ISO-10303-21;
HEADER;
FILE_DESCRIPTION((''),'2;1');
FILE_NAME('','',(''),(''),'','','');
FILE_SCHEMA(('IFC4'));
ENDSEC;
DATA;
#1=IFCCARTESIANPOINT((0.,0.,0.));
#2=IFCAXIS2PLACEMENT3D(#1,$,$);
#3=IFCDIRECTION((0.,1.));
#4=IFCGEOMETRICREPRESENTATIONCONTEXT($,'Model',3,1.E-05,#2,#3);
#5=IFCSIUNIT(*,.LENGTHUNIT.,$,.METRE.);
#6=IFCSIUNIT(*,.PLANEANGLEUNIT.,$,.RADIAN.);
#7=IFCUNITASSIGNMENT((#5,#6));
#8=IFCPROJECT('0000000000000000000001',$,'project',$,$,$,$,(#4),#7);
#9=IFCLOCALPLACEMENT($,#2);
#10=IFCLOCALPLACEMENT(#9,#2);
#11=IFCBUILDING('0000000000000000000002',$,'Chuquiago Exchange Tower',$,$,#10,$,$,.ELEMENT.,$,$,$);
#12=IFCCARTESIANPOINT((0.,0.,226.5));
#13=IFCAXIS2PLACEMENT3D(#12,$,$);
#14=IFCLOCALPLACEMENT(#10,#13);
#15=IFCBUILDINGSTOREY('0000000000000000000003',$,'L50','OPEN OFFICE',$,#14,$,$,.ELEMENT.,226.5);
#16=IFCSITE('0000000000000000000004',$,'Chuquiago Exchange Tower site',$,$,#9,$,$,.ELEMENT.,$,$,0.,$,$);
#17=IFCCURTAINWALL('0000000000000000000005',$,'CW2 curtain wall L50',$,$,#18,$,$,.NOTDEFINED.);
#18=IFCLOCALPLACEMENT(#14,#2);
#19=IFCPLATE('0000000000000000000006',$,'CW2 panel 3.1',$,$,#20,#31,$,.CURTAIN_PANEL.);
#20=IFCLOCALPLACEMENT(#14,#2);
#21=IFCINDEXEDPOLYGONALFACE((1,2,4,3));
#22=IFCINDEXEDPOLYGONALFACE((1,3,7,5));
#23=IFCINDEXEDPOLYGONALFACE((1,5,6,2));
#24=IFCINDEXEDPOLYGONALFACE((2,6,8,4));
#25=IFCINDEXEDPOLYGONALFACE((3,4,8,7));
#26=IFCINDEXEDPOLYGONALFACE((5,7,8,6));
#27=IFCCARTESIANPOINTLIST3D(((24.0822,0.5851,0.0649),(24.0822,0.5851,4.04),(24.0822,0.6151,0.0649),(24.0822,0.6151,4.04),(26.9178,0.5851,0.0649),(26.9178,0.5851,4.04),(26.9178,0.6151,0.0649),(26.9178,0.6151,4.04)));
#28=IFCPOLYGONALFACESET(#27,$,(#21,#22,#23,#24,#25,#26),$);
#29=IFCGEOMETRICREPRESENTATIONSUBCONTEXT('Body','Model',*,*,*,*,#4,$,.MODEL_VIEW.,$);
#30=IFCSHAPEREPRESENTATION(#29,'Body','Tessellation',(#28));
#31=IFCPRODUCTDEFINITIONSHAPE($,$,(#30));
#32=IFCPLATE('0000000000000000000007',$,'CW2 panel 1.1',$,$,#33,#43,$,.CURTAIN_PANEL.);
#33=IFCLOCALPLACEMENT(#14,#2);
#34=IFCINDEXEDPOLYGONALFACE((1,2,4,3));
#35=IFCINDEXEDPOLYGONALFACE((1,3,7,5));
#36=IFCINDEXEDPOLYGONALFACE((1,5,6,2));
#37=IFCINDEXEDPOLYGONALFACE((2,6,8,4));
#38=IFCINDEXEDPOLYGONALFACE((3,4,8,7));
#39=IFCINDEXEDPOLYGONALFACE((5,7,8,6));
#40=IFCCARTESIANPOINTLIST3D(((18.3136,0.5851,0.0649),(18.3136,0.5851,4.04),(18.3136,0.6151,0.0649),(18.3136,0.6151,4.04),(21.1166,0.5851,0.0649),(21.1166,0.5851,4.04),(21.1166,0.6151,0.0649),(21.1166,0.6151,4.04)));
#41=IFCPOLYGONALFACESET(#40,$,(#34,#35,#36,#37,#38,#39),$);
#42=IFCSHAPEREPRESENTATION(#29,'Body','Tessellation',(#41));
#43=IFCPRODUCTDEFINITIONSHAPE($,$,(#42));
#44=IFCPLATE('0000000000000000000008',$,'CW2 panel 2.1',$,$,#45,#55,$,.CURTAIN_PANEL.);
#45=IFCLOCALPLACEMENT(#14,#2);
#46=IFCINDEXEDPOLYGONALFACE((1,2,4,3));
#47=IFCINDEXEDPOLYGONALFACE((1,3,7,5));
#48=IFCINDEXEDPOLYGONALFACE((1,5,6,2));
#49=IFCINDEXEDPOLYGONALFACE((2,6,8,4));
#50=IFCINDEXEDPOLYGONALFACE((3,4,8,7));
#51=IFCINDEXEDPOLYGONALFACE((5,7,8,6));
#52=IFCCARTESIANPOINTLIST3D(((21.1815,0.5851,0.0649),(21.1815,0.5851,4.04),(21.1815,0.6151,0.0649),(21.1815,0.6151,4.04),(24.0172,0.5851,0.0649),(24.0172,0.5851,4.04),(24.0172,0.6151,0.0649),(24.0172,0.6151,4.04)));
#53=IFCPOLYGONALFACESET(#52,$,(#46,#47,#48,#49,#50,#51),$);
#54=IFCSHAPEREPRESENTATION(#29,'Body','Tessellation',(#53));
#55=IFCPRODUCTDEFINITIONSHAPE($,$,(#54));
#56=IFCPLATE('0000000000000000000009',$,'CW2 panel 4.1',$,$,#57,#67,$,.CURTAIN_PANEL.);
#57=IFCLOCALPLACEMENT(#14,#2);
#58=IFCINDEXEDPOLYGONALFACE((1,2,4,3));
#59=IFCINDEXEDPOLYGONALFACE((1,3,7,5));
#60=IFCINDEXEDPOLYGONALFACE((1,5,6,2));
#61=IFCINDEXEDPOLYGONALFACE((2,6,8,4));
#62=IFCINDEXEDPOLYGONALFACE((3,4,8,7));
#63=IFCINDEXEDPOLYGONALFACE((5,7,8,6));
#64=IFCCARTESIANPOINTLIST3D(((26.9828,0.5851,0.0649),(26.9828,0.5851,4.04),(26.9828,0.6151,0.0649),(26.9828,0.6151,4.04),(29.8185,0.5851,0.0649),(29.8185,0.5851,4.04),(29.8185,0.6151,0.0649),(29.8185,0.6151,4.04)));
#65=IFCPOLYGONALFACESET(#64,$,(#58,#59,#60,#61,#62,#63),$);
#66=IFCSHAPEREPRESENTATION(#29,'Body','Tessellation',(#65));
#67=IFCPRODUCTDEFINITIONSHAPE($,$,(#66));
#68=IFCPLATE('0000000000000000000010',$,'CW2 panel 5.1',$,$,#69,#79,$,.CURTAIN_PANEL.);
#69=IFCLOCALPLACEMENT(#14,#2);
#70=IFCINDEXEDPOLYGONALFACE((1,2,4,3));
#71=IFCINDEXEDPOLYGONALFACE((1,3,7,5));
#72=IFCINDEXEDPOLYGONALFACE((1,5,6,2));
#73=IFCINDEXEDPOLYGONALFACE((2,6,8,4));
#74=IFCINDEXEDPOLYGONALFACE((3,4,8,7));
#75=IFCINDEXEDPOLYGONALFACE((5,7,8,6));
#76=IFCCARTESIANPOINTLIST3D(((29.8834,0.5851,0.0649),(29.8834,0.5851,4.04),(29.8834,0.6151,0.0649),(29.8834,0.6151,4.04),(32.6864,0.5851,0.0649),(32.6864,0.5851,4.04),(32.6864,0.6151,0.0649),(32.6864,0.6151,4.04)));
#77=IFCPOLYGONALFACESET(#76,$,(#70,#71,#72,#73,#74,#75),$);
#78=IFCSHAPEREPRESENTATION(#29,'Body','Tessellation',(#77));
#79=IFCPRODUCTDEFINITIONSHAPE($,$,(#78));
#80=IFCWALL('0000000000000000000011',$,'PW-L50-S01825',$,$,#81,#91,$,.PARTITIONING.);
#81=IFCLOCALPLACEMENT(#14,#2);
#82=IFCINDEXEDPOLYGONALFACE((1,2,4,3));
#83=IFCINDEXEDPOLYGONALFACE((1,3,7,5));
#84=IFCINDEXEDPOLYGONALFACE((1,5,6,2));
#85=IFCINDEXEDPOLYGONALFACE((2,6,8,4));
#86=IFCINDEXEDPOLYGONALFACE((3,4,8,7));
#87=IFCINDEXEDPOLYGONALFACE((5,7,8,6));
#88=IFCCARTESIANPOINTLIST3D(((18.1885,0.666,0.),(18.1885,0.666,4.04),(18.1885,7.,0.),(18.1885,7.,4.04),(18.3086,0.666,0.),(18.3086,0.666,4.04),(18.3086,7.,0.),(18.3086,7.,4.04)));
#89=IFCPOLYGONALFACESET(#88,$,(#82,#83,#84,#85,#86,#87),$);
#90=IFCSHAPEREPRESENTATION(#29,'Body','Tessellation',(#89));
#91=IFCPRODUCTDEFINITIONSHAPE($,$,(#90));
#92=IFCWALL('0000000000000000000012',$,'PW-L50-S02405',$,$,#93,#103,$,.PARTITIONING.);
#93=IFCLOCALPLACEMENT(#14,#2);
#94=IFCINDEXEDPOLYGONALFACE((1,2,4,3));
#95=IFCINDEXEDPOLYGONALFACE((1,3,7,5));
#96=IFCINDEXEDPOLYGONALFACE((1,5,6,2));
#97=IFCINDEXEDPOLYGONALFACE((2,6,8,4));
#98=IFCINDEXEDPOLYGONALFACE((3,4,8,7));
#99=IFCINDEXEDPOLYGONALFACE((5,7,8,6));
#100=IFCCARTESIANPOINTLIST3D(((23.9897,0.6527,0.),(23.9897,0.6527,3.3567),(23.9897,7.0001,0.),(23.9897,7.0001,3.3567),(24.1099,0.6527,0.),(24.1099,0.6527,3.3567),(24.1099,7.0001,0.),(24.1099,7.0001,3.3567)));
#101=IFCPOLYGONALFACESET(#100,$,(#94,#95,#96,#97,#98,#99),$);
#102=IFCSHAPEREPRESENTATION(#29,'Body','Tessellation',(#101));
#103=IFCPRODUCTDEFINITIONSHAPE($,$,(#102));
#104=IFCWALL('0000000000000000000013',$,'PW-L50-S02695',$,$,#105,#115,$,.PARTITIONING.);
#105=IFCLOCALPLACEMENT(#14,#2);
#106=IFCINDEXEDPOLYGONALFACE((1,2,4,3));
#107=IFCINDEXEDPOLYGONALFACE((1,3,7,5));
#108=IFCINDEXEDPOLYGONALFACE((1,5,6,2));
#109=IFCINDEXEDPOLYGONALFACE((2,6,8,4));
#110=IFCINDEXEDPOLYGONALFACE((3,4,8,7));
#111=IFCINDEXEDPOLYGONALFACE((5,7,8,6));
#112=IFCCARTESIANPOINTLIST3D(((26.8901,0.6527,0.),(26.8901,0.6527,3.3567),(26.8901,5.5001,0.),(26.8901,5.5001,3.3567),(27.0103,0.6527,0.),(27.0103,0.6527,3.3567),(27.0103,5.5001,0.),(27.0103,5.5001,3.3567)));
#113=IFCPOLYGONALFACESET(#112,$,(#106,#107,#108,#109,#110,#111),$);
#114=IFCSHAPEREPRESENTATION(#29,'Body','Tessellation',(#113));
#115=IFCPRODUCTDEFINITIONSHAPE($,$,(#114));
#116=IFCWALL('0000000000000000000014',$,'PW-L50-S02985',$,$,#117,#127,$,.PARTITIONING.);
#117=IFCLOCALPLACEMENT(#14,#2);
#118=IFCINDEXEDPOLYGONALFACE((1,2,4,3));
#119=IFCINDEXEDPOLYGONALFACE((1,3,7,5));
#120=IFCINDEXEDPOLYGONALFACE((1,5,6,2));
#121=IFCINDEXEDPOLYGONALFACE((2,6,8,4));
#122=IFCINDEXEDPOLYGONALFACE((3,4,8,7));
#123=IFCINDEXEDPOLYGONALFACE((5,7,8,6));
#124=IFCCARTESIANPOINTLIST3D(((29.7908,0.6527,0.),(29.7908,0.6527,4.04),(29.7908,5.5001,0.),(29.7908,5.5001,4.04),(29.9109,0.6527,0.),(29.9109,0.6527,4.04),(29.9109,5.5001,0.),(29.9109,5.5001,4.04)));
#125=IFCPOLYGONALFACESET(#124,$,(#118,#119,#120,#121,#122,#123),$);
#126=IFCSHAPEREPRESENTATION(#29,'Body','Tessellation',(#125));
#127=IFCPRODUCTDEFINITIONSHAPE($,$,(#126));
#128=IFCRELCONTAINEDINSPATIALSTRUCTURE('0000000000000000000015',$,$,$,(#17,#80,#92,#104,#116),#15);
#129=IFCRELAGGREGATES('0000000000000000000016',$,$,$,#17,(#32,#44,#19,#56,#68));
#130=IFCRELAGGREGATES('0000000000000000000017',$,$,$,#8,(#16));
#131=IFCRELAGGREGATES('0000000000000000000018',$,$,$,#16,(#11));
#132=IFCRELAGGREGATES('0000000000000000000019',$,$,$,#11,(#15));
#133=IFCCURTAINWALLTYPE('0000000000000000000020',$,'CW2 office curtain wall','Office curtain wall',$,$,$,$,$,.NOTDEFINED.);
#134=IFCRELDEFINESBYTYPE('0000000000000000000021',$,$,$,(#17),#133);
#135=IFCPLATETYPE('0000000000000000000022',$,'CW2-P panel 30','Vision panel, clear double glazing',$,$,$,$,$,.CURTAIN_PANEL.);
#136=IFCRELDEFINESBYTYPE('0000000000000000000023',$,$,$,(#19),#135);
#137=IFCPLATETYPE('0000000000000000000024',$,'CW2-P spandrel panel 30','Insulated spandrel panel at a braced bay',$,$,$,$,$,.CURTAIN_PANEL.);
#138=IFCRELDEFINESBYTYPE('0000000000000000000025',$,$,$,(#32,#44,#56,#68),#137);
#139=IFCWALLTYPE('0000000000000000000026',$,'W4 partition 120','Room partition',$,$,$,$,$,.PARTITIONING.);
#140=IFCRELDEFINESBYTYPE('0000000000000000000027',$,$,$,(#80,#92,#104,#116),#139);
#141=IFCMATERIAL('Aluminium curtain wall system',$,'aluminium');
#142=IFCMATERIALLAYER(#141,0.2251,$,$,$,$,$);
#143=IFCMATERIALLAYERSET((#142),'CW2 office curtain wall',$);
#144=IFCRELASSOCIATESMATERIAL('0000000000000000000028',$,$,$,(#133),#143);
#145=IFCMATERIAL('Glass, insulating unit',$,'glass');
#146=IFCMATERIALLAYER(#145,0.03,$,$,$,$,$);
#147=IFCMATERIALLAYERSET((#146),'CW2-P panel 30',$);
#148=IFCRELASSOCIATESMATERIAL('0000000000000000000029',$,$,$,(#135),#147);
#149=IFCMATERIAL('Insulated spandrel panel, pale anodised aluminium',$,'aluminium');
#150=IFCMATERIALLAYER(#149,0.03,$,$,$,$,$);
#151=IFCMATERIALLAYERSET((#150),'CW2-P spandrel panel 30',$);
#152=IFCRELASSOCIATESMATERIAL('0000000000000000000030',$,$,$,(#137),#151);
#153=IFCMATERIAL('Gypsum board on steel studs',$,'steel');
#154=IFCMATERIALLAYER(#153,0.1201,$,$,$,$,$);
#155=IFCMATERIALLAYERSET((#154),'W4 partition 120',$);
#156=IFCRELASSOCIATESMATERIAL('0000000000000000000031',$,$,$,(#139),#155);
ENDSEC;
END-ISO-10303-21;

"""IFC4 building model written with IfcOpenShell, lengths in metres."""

from ifc_helpers import new_model, si_unit, direction, frame, frame_2d, origin, origin_2d, place, context, subcontext, project, spatial, rectangle, extrude, material, layer, layer_set, type_object, element, aggregate, save


model = new_model("IFC4")

# Units and contexts
model_context = context("Model", 3, precision=1e-05, world=origin(), true_north=direction((0.0, 1.0)))
body_context = subcontext(model_context, "Body", "Model", "MODEL_VIEW")
ifc_project = project(units=[si_unit("LENGTHUNIT", "METRE"), si_unit("PLANEANGLEUNIT", "RADIAN")], contexts=[model_context])

# Site, building, storey
site_placement = place(None, origin())
site = spatial("IfcSite", under=ifc_project, at=site_placement, Name="Chuquiago Exchange Tower site", CompositionType="ELEMENT", RefElevation=0.0)
building_placement = place(site_placement, origin())
building = spatial("IfcBuilding", under=site, at=building_placement, Name="Chuquiago Exchange Tower", CompositionType="ELEMENT")
storey_placement = place(building_placement, frame((0.0, 0.0, 226.5)))
storey = spatial("IfcBuildingStorey", under=building, at=storey_placement, Name="L50", Description="OPEN OFFICE", CompositionType="ELEMENT", Elevation=226.5)

# Curtain wall
ifc_material_1 = material(Name="Aluminium curtain wall system", Category="aluminium")
ifc_layer_1 = layer(ifc_material_1, 0.2251)
ifc_layer_set_1 = layer_set([ifc_layer_1], Name="CW2 office curtain wall")
curtain_wall_type_1 = type_object("IfcCurtainWallType", Name="CW2 office curtain wall", Description="Office curtain wall", PredefinedType="NOTDEFINED", material=ifc_layer_set_1)
curtain_wall_1_placement = place(storey_placement, origin())
curtain_wall_1 = element("IfcCurtainWall", 1, at=curtain_wall_1_placement, inside=storey, type_object=curtain_wall_type_1, Name="CW2 curtain wall L50", PredefinedType="NOTDEFINED")

# Plates
ifc_material_2 = material(Name="Glass, insulating unit", Category="glass")
ifc_layer_2 = layer(ifc_material_2, 0.03)
ifc_layer_set_2 = layer_set([ifc_layer_2], Name="CW2-P panel 30")
plate_type_1 = type_object("IfcPlateType", Name="CW2-P panel 30", Description="Vision panel, clear double glazing", PredefinedType="CURTAIN_PANEL", material=ifc_layer_set_2)
plate_1_placement = place(storey_placement, frame((25.5, 0.6001, 0.0649), z_axis=(0.0, 0.0, 1.0), x_axis=(1.0, 0.0, 0.0)))
plate_1 = element("IfcPlate", 2, at=plate_1_placement, type_object=plate_type_1, Name="CW2 panel 3.1", PredefinedType="CURTAIN_PANEL", context=body_context, shape_type="SweptSolid", body=[
    extrude(rectangle(XDim=2.8357, YDim=0.03, at=origin_2d()), origin(), (0.0, 0.0, 1.0), 3.9751),
])
ifc_material_3 = material(Name="Insulated spandrel panel, pale anodised aluminium", Category="aluminium")
ifc_layer_3 = layer(ifc_material_3, 0.03)
ifc_layer_set_3 = layer_set([ifc_layer_3], Name="CW2-P spandrel panel 30")
plate_type_2 = type_object("IfcPlateType", Name="CW2-P spandrel panel 30", Description="Insulated spandrel panel at a braced bay", PredefinedType="CURTAIN_PANEL", material=ifc_layer_set_3)
plate_2_placement = place(storey_placement, frame((19.7151, 0.6001, 0.0649), z_axis=(0.0, 0.0, 1.0), x_axis=(1.0, 0.0, 0.0)))
plate_2 = element("IfcPlate", 3, at=plate_2_placement, type_object=plate_type_2, Name="CW2 panel 1.1", PredefinedType="CURTAIN_PANEL", context=body_context, shape_type="SweptSolid", body=[
    extrude(rectangle(XDim=2.803, YDim=0.03, at=origin_2d()), origin(), (0.0, 0.0, 1.0), 3.9751),
])
plate_3_placement = place(storey_placement, frame((22.5994, 0.6001, 0.0649), z_axis=(0.0, 0.0, 1.0), x_axis=(1.0, 0.0, 0.0)))
plate_3 = element("IfcPlate", 4, at=plate_3_placement, type_object=plate_type_2, Name="CW2 panel 2.1", PredefinedType="CURTAIN_PANEL", context=body_context, shape_type="SweptSolid", body=[
    extrude(rectangle(XDim=2.8357, YDim=0.03, at=origin_2d()), origin(), (0.0, 0.0, 1.0), 3.9751),
])
plate_4_placement = place(storey_placement, frame((28.4006, 0.6001, 0.0649), z_axis=(0.0, 0.0, 1.0), x_axis=(1.0, 0.0, 0.0)))
plate_4 = element("IfcPlate", 5, at=plate_4_placement, type_object=plate_type_2, Name="CW2 panel 4.1", PredefinedType="CURTAIN_PANEL", context=body_context, shape_type="SweptSolid", body=[
    extrude(rectangle(XDim=2.8357, YDim=0.03, at=origin_2d()), origin(), (0.0, 0.0, 1.0), 3.9751),
])
plate_5_placement = place(storey_placement, frame((31.2849, 0.6001, 0.0649), z_axis=(0.0, 0.0, 1.0), x_axis=(1.0, 0.0, 0.0)))
plate_5 = element("IfcPlate", 6, at=plate_5_placement, type_object=plate_type_2, Name="CW2 panel 5.1", PredefinedType="CURTAIN_PANEL", context=body_context, shape_type="SweptSolid", body=[
    extrude(rectangle(XDim=2.803, YDim=0.03, at=origin_2d()), origin(), (0.0, 0.0, 1.0), 3.9751),
])
aggregate(curtain_wall_1, [plate_2, plate_3, plate_1, plate_4, plate_5])

# Walls
ifc_material_4 = material(Name="Gypsum board on steel studs", Category="steel")
ifc_layer_4 = layer(ifc_material_4, 0.1201)
ifc_layer_set_4 = layer_set([ifc_layer_4], Name="W4 partition 120")
wall_type = type_object("IfcWallType", Name="W4 partition 120", Description="Room partition", PredefinedType="PARTITIONING", material=ifc_layer_set_4)
wall_1_placement = place(storey_placement, frame((18.2485, 0.666, 0.0), z_axis=(0.0, 0.0, 1.0), x_axis=(0.0, 1.0, 0.0)))
element("IfcWall", 7, at=wall_1_placement, inside=storey, type_object=wall_type, Name="PW-L50-S01825", PredefinedType="PARTITIONING", context=body_context, shape_type="SweptSolid", body=[
    extrude(rectangle(XDim=6.334, YDim=0.1201, at=frame_2d((3.167, 0.0))), origin(), (0.0, 0.0, 1.0), 4.04),
])
wall_2_placement = place(storey_placement, frame((24.0498, 0.6526, 0.0), z_axis=(0.0, 0.0, 1.0), x_axis=(0.0, 1.0, 0.0)))
element("IfcWall", 8, at=wall_2_placement, inside=storey, type_object=wall_type, Name="PW-L50-S02405", PredefinedType="PARTITIONING", context=body_context, shape_type="SweptSolid", body=[
    extrude(rectangle(XDim=6.3474, YDim=0.1201, at=frame_2d((3.1738, 0.0))), origin(), (0.0, 0.0, 1.0), 3.3567),
])
wall_3_placement = place(storey_placement, frame((26.9502, 0.6526, 0.0), z_axis=(0.0, 0.0, 1.0), x_axis=(0.0, 1.0, 0.0)))
element("IfcWall", 9, at=wall_3_placement, inside=storey, type_object=wall_type, Name="PW-L50-S02695", PredefinedType="PARTITIONING", context=body_context, shape_type="SweptSolid", body=[
    extrude(rectangle(XDim=4.8474, YDim=0.1201, at=frame_2d((2.4238, 0.0))), origin(), (0.0, 0.0, 1.0), 3.3567),
])
wall_4_placement = place(storey_placement, frame((29.8508, 0.6526, 0.0), z_axis=(0.0, 0.0, 1.0), x_axis=(0.0, 1.0, 0.0)))
element("IfcWall", 10, at=wall_4_placement, inside=storey, type_object=wall_type, Name="PW-L50-S02985", PredefinedType="PARTITIONING", context=body_context, shape_type="SweptSolid", body=[
    extrude(rectangle(XDim=4.8474, YDim=0.1201, at=frame_2d((2.4238, 0.0))), origin(), (0.0, 0.0, 1.0), 4.04),
])

save(model, "model.ifc")
